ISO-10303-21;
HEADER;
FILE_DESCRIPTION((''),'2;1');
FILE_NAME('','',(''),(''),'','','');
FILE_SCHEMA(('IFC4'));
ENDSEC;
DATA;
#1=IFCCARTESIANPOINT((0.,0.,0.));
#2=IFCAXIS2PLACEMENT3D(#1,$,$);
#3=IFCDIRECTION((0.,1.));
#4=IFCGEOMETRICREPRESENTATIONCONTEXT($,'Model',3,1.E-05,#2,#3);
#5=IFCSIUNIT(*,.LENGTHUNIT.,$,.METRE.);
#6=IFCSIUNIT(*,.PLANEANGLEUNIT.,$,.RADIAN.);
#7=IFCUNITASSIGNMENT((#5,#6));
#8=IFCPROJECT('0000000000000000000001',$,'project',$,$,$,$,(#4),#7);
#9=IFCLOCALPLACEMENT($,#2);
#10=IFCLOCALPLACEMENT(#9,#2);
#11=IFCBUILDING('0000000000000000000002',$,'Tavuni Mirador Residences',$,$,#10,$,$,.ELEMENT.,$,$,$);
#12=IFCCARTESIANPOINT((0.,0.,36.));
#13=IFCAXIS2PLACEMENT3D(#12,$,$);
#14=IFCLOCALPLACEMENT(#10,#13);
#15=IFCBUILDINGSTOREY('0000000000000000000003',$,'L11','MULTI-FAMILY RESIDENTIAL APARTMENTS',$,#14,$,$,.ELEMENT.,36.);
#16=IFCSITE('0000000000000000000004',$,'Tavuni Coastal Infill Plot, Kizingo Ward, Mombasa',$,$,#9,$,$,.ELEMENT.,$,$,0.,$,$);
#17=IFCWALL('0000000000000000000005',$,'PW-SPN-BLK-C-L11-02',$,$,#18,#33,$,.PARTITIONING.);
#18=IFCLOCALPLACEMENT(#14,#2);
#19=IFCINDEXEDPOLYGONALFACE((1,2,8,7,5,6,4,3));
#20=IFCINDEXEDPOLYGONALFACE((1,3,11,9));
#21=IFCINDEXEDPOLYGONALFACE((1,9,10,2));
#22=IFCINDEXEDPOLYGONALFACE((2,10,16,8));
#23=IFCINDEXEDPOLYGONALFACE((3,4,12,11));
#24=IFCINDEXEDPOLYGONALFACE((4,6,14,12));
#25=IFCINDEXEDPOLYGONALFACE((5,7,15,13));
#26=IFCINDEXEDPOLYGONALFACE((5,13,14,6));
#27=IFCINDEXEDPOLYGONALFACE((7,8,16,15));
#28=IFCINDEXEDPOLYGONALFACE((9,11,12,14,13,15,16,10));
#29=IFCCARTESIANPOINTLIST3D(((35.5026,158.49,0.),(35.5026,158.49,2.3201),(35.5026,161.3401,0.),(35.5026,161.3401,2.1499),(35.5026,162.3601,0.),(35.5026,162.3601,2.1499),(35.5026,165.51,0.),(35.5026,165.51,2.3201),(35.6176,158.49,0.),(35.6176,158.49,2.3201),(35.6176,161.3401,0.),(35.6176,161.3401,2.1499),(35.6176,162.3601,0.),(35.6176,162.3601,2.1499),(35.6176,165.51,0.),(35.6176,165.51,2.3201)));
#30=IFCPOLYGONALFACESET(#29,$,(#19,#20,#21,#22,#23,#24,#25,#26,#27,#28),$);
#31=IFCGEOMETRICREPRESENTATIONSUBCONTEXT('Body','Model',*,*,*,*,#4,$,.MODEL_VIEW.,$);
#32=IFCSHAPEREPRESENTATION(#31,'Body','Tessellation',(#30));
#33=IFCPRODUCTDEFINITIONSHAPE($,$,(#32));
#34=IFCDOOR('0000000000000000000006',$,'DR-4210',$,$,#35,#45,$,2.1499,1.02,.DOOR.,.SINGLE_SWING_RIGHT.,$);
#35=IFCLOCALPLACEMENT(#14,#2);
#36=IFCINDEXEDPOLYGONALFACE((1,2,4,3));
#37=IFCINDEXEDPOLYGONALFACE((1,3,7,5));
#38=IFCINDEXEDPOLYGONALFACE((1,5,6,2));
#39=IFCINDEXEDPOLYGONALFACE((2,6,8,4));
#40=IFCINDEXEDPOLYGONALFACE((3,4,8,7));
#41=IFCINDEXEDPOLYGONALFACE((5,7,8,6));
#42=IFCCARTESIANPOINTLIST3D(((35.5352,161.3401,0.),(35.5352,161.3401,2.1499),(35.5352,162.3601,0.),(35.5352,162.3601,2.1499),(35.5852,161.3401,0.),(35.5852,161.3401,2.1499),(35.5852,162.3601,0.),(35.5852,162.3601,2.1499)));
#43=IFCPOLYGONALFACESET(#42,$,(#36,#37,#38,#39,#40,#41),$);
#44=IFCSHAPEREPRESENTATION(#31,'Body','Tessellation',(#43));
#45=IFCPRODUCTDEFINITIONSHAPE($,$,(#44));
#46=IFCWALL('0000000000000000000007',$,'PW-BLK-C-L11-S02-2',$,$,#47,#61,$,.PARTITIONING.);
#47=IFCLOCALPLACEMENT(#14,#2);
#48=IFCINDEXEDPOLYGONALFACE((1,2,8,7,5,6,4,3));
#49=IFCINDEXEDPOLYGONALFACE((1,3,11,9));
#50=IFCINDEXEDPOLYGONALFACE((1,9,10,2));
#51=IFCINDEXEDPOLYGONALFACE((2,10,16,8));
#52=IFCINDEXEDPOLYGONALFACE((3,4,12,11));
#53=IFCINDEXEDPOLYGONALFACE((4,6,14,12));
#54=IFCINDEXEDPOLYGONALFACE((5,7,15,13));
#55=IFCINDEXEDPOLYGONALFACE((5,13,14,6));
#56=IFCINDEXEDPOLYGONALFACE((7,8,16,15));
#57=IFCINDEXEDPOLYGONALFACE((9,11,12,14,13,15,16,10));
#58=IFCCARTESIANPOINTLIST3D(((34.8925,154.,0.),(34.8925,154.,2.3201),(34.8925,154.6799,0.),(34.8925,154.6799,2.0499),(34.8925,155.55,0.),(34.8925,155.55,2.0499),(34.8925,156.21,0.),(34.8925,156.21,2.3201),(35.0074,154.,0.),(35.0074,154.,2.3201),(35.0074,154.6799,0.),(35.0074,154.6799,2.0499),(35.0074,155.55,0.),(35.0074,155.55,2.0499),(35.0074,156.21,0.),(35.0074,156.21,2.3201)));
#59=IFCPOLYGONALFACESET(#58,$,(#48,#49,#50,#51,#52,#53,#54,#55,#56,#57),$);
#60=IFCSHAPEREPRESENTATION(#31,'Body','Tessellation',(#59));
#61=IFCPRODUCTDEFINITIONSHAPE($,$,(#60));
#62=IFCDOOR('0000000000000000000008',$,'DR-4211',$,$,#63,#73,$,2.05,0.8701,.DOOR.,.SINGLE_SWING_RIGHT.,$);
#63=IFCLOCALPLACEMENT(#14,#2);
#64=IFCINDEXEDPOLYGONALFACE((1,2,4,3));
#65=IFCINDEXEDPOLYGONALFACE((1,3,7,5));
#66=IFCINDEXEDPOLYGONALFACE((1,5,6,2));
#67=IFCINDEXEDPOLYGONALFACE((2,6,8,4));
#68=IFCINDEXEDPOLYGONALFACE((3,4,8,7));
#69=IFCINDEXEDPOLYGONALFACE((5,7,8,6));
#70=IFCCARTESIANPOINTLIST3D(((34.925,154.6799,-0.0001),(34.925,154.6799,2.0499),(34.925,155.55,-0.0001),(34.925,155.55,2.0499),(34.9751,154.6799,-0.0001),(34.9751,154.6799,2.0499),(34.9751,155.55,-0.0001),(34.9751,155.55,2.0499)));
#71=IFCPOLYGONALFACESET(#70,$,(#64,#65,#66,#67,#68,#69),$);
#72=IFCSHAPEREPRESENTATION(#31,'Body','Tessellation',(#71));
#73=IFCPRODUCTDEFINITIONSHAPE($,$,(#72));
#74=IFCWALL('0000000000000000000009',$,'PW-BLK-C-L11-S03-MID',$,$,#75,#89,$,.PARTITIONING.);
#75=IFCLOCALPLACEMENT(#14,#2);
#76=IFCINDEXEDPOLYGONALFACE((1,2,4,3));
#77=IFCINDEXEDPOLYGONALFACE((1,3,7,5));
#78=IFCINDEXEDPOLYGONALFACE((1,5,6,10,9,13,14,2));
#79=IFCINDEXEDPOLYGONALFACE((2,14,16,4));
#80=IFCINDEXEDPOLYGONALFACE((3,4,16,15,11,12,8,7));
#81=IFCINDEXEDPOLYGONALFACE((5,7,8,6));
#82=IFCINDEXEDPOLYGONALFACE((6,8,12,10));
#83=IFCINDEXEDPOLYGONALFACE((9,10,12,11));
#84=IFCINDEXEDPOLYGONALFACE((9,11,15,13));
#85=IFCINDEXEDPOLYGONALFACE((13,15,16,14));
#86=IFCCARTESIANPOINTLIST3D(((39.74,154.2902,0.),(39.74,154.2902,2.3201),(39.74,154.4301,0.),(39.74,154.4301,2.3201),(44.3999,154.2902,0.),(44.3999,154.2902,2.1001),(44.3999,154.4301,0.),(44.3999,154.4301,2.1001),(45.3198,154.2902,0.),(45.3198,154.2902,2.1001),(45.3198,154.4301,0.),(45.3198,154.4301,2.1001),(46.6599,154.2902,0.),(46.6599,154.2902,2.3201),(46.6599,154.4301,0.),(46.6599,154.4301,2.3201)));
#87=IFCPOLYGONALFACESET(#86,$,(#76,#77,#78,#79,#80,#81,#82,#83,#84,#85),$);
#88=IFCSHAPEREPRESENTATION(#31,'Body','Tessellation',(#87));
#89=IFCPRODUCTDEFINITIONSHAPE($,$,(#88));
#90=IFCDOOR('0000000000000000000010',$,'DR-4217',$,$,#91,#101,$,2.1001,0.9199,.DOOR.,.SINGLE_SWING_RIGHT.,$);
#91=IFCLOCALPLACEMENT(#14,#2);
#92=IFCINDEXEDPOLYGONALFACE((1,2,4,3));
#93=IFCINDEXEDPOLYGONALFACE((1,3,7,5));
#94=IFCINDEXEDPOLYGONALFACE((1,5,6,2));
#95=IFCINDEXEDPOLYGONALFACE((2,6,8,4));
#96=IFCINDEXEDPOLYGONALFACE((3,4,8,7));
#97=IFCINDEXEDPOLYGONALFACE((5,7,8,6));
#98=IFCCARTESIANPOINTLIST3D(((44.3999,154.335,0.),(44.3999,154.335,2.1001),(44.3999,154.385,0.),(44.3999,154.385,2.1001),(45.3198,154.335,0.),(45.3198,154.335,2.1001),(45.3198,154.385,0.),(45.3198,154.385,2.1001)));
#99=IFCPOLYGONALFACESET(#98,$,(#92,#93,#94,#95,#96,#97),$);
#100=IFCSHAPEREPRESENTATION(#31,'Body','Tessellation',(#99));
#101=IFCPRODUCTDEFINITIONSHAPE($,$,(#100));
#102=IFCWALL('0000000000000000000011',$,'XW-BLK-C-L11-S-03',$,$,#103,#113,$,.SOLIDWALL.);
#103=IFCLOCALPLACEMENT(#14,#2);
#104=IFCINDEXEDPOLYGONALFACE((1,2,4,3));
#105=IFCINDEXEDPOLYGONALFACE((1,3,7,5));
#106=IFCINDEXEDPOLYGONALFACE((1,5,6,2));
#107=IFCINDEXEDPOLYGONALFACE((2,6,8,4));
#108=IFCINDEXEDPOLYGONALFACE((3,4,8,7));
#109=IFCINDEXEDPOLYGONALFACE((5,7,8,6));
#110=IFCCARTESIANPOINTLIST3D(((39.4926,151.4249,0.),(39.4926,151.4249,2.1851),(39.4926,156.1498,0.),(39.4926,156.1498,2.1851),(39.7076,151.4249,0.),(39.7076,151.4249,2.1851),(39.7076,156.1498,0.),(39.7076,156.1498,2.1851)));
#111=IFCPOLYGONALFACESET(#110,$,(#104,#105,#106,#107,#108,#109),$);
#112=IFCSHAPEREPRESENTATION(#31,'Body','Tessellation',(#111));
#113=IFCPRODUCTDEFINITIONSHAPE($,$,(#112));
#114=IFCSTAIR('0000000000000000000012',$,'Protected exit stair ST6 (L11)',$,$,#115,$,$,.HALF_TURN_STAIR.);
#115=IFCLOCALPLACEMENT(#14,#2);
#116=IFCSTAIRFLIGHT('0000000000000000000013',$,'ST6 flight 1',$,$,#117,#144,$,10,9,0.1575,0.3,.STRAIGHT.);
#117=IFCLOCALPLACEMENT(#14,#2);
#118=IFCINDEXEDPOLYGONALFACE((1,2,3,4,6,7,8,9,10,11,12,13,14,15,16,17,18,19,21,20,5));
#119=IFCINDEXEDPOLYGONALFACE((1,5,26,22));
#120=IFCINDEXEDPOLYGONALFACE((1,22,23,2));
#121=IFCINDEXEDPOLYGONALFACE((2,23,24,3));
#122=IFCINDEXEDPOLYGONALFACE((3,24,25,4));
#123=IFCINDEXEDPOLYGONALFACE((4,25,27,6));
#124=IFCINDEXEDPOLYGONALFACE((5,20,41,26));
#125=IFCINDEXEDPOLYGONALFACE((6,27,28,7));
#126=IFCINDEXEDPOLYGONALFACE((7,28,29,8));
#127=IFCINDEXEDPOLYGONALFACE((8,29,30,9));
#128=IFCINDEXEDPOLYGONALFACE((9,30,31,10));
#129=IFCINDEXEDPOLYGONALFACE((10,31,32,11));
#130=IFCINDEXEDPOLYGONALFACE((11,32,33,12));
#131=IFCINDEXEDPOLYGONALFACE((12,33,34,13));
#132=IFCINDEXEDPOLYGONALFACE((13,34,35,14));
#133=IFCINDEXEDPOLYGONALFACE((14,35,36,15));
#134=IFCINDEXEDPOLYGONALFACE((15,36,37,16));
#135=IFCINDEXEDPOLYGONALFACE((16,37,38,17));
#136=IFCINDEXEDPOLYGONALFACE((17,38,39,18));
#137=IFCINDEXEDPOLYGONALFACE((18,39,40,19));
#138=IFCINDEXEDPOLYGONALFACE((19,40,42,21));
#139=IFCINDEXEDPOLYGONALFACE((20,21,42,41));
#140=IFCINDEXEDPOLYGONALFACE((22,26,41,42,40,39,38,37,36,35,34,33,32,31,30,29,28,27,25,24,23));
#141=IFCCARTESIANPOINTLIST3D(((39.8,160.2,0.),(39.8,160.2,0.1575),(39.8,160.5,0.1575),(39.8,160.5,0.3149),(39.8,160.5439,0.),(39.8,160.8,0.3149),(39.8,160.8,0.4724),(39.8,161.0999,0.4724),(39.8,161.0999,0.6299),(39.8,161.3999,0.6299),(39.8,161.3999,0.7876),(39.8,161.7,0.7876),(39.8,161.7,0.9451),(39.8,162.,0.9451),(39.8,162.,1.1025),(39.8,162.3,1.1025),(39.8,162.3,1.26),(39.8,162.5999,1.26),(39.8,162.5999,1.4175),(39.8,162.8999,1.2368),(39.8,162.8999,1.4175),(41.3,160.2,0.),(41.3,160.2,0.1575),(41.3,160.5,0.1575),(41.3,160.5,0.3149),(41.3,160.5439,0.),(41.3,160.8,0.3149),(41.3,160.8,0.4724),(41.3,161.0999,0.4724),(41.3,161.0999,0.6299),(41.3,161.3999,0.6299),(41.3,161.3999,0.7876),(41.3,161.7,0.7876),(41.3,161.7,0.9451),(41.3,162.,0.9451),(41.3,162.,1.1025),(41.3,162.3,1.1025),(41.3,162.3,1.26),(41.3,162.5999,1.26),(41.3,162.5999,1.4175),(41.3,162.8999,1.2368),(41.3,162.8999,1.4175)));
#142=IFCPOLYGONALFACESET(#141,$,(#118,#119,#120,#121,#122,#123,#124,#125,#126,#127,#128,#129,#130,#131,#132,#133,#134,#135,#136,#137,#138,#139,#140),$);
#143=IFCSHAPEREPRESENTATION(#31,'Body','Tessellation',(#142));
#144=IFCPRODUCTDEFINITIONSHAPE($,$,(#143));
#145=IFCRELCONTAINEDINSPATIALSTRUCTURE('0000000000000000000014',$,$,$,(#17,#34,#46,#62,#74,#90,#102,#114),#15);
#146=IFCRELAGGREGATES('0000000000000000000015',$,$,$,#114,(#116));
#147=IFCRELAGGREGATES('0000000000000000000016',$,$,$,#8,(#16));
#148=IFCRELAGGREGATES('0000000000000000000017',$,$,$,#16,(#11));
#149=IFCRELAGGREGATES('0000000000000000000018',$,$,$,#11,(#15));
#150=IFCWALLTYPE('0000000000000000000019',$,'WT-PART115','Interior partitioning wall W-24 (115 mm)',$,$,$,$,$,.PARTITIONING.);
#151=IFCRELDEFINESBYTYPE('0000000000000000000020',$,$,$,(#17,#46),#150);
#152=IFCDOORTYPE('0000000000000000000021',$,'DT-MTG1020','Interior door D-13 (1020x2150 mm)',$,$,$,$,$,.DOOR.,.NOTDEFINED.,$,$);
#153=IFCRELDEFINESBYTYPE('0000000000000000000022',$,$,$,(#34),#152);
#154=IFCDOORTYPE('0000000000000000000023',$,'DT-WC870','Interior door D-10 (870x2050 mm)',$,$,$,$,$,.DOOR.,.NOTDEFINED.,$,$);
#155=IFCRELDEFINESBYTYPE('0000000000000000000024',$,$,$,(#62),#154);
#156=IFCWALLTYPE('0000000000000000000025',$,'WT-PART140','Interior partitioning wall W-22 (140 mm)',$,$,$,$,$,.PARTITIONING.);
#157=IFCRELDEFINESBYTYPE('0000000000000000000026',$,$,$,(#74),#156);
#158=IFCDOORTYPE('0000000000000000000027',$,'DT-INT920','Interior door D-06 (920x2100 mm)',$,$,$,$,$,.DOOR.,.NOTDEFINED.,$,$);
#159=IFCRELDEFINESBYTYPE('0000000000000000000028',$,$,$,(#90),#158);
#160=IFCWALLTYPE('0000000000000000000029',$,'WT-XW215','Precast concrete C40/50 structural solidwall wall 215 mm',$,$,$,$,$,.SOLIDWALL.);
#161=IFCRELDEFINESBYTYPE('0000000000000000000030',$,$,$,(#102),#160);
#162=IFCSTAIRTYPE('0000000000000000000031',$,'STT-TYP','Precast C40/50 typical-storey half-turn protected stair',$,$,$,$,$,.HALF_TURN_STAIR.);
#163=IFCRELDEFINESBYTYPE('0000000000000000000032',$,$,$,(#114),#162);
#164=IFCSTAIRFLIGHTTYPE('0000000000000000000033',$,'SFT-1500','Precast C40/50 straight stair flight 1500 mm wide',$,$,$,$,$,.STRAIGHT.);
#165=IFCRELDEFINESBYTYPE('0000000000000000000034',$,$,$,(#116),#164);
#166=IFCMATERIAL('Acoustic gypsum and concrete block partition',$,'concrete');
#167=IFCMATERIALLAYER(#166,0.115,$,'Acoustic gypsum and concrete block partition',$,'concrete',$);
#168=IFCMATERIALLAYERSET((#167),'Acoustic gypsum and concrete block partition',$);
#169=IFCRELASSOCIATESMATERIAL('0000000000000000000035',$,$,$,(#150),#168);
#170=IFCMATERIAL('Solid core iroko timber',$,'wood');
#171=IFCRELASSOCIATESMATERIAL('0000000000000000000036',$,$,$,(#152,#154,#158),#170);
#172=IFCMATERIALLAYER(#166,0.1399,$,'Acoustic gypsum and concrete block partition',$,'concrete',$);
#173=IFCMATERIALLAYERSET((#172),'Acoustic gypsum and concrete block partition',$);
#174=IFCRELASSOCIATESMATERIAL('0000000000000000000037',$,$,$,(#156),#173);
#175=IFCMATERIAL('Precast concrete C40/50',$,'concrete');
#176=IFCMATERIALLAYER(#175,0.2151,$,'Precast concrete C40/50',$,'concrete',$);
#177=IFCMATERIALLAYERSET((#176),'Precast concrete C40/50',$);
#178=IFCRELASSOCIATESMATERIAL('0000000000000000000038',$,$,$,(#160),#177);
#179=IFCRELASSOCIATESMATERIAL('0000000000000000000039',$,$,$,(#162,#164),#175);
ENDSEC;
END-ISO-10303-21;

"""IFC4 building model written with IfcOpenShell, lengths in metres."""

from ifc_helpers import new_model, si_unit, direction, frame, frame_2d, origin, place, context, subcontext, project, spatial, polyline, rectangle, outline, extrude, material, layer, layer_set, type_object, element, fill, aggregate, save


model = new_model("IFC4")

# Units and contexts
model_context = context("Model", 3, precision=1e-05, world=origin(), true_north=direction((0.0, 1.0)))
body_context = subcontext(model_context, "Body", "Model", "MODEL_VIEW")
ifc_project = project(units=[si_unit("LENGTHUNIT", "METRE"), si_unit("PLANEANGLEUNIT", "RADIAN")], contexts=[model_context])

# Site, building, storey
site_placement = place(None, origin())
site = spatial("IfcSite", under=ifc_project, at=site_placement, Name="Tavuni Coastal Infill Plot, Kizingo Ward, Mombasa", CompositionType="ELEMENT", RefElevation=0.0)
building_placement = place(site_placement, origin())
building = spatial("IfcBuilding", under=site, at=building_placement, Name="Tavuni Mirador Residences", CompositionType="ELEMENT")
storey_placement = place(building_placement, frame((0.0, 0.0, 36.0)))
storey = spatial("IfcBuildingStorey", under=building, at=storey_placement, Name="L11", Description="MULTI-FAMILY RESIDENTIAL APARTMENTS", CompositionType="ELEMENT", Elevation=36.0)

# Shared definitions
ifc_material_1 = material(Name="Precast concrete C40/50", Category="concrete")

# Shared definitions
ifc_material_2 = material(Name="Solid core iroko timber", Category="wood")

# Walls, openings, doors
ifc_material_3 = material(Name="Acoustic gypsum and concrete block partition", Category="concrete")
ifc_layer_1 = layer(ifc_material_3, 0.115, Name="Acoustic gypsum and concrete block partition", Category="concrete")
ifc_layer_set_1 = layer_set([ifc_layer_1], Name="Acoustic gypsum and concrete block partition")
wall_type_1 = type_object("IfcWallType", Name="WT-PART115", Description="Interior partitioning wall W-24 (115 mm)", PredefinedType="PARTITIONING", material=ifc_layer_set_1)
wall_1_placement = place(storey_placement, frame((35.5601, 158.49, 0.0), z_axis=(0.0, 0.0, 1.0), x_axis=(0.0, 1.0, 0.0)))
wall_1 = element("IfcWall", 1, at=wall_1_placement, inside=storey, type_object=wall_type_1, Name="PW-SPN-BLK-C-L11-02", PredefinedType="PARTITIONING", context=body_context, shape_type="SweptSolid", body=[
    extrude(rectangle(XDim=7.02, YDim=0.115, at=frame_2d((3.51, 0.0))), origin(), (0.0, 0.0, 1.0), 2.3201),
])
opening_1_placement = place(wall_1_placement, frame((2.8501, 0.0, 0.0)))
opening_1 = element("IfcOpeningElement", 2, at=opening_1_placement, cuts=wall_1, PredefinedType="OPENING", context=body_context, shape_type="SweptSolid", body=[
    extrude(rectangle(XDim=1.02, YDim=2.1499, at=frame_2d((0.51, 1.075))), frame((0.0, 0.0674, 0.0), z_axis=(0.0, -1.0, 0.0), x_axis=(1.0, 0.0, 0.0)), (0.0, 0.0, 1.0), 0.135),
])
door_type_1 = type_object("IfcDoorType", Name="DT-MTG1020", Description="Interior door D-13 (1020x2150 mm)", OperationType="NOTDEFINED", PredefinedType="DOOR", material=ifc_material_2)
door_1_placement = place(opening_1_placement, origin())
door_1 = element("IfcDoor", 3, at=door_1_placement, inside=storey, type_object=door_type_1, Name="DR-4210", OperationType="SINGLE_SWING_RIGHT", OverallHeight=2.1499, OverallWidth=1.02, PredefinedType="DOOR", context=body_context, shape_type="SweptSolid", body=[
    extrude(rectangle(XDim=1.02, YDim=2.1499, at=frame_2d((0.51, 1.075))), frame((0.0, 0.0249, 0.0), z_axis=(0.0, -1.0, 0.0), x_axis=(1.0, 0.0, 0.0)), (0.0, 0.0, 1.0), 0.05),
])
fill(opening_1, door_1)
wall_2_placement = place(storey_placement, frame((34.95, 154.0, 0.0), z_axis=(0.0, 0.0, 1.0), x_axis=(0.0, 1.0, 0.0)))
wall_2 = element("IfcWall", 4, at=wall_2_placement, inside=storey, type_object=wall_type_1, Name="PW-BLK-C-L11-S02-2", PredefinedType="PARTITIONING", context=body_context, shape_type="SweptSolid", body=[
    extrude(rectangle(XDim=2.21, YDim=0.115, at=frame_2d((1.105, 0.0))), origin(), (0.0, 0.0, 1.0), 2.3201),
])
opening_2_placement = place(wall_2_placement, frame((0.6799, 0.0, 0.0)))
opening_2 = element("IfcOpeningElement", 5, at=opening_2_placement, cuts=wall_2, PredefinedType="OPENING", context=body_context, shape_type="SweptSolid", body=[
    extrude(rectangle(XDim=0.8701, YDim=2.05, at=frame_2d((0.4351, 1.0249))), frame((0.0, 0.0674, 0.0), z_axis=(0.0, -1.0, 0.0), x_axis=(1.0, 0.0, 0.0)), (0.0, 0.0, 1.0), 0.135),
])
door_type_2 = type_object("IfcDoorType", Name="DT-WC870", Description="Interior door D-10 (870x2050 mm)", OperationType="NOTDEFINED", PredefinedType="DOOR", material=ifc_material_2)
door_2_placement = place(opening_2_placement, origin())
door_2 = element("IfcDoor", 6, at=door_2_placement, inside=storey, type_object=door_type_2, Name="DR-4211", OperationType="SINGLE_SWING_RIGHT", OverallHeight=2.05, OverallWidth=0.8701, PredefinedType="DOOR", context=body_context, shape_type="SweptSolid", body=[
    extrude(rectangle(XDim=0.8701, YDim=2.05, at=frame_2d((0.4351, 1.0249))), frame((0.0, 0.0249, 0.0), z_axis=(0.0, -1.0, 0.0), x_axis=(1.0, 0.0, 0.0)), (0.0, 0.0, 1.0), 0.05),
])
fill(opening_2, door_2)
ifc_layer_2 = layer(ifc_material_3, 0.1399, Name="Acoustic gypsum and concrete block partition", Category="concrete")
ifc_layer_set_2 = layer_set([ifc_layer_2], Name="Acoustic gypsum and concrete block partition")
wall_type_2 = type_object("IfcWallType", Name="WT-PART140", Description="Interior partitioning wall W-22 (140 mm)", PredefinedType="PARTITIONING", material=ifc_layer_set_2)
wall_3_placement = place(storey_placement, frame((39.74, 154.3601, 0.0), z_axis=(0.0, 0.0, 1.0), x_axis=(1.0, 0.0, 0.0)))
wall_3 = element("IfcWall", 7, at=wall_3_placement, inside=storey, type_object=wall_type_2, Name="PW-BLK-C-L11-S03-MID", PredefinedType="PARTITIONING", context=body_context, shape_type="SweptSolid", body=[
    extrude(rectangle(XDim=6.9199, YDim=0.1399, at=frame_2d((3.46, 0.0))), origin(), (0.0, 0.0, 1.0), 2.3201),
])
opening_3_placement = place(wall_3_placement, frame((4.6599, 0.0, 0.0)))
opening_3 = element("IfcOpeningElement", 8, at=opening_3_placement, cuts=wall_3, PredefinedType="OPENING", context=body_context, shape_type="SweptSolid", body=[
    extrude(rectangle(XDim=0.9199, YDim=2.1001, at=frame_2d((0.46, 1.05))), frame((0.0, 0.0801, 0.0), z_axis=(0.0, -1.0, 0.0), x_axis=(1.0, 0.0, 0.0)), (0.0, 0.0, 1.0), 0.1599),
])
door_type_3 = type_object("IfcDoorType", Name="DT-INT920", Description="Interior door D-06 (920x2100 mm)", OperationType="NOTDEFINED", PredefinedType="DOOR", material=ifc_material_2)
door_3_placement = place(opening_3_placement, origin())
door_3 = element("IfcDoor", 9, at=door_3_placement, inside=storey, type_object=door_type_3, Name="DR-4217", OperationType="SINGLE_SWING_RIGHT", OverallHeight=2.1001, OverallWidth=0.9199, PredefinedType="DOOR", context=body_context, shape_type="SweptSolid", body=[
    extrude(rectangle(XDim=0.9199, YDim=2.1001, at=frame_2d((0.46, 1.05))), frame((0.0, 0.0249, 0.0), z_axis=(0.0, -1.0, 0.0), x_axis=(1.0, 0.0, 0.0)), (0.0, 0.0, 1.0), 0.05),
])
fill(opening_3, door_3)

# Wall
ifc_layer_3 = layer(ifc_material_1, 0.2151, Name="Precast concrete C40/50", Category="concrete")
ifc_layer_set_3 = layer_set([ifc_layer_3], Name="Precast concrete C40/50")
wall_type_3 = type_object("IfcWallType", Name="WT-XW215", Description="Precast concrete C40/50 structural solidwall wall 215 mm", PredefinedType="SOLIDWALL", material=ifc_layer_set_3)
wall_4_placement = place(storey_placement, frame((39.6001, 151.425, 0.0), z_axis=(0.0, 0.0, 1.0), x_axis=(0.0, 1.0, 0.0)))
element("IfcWall", 10, at=wall_4_placement, inside=storey, type_object=wall_type_3, Name="XW-BLK-C-L11-S-03", PredefinedType="SOLIDWALL", context=body_context, shape_type="SweptSolid", body=[
    extrude(rectangle(XDim=4.7249, YDim=0.2151, at=frame_2d((2.3623, 0.0))), origin(), (0.0, 0.0, 1.0), 2.1851),
])

# Stair, stair flight
stair_type = type_object("IfcStairType", Name="STT-TYP", Description="Precast C40/50 typical-storey half-turn protected stair", PredefinedType="HALF_TURN_STAIR", material=ifc_material_1)
stair_placement = place(storey_placement, origin())
stair = element("IfcStair", 11, at=stair_placement, inside=storey, type_object=stair_type, Name="Protected exit stair ST6 (L11)", PredefinedType="HALF_TURN_STAIR")
stair_flight_type = type_object("IfcStairFlightType", Name="SFT-1500", Description="Precast C40/50 straight stair flight 1500 mm wide", PredefinedType="STRAIGHT", material=ifc_material_1)
stair_flight_placement = place(storey_placement, frame((40.55, 160.2, 0.0), z_axis=(0.0, 0.0, 1.0), x_axis=(0.0, 1.0, 0.0)))
stair_flight = element("IfcStairFlight", 12, at=stair_flight_placement, type_object=stair_flight_type, Name="ST6 flight 1", NumberOfRisers=10, NumberOfTreads=9, PredefinedType="STRAIGHT", RiserHeight=0.1575, TreadLength=0.3, context=body_context, shape_type="SweptSolid", body=[
    extrude(outline(polyline([(0.0, 0.0), (0.0, 0.1575), (0.3, 0.1575), (0.3, 0.3149), (0.6001, 0.3149), (0.6001, 0.4724), (0.8999, 0.4724), (0.8999, 0.6299), (1.2, 0.6299), (1.2, 0.7876), (1.5, 0.7876), (1.5, 0.9451), (1.8, 0.9451), (1.8, 1.1025), (2.1001, 1.1025), (2.1001, 1.26), (2.3999, 1.26), (2.3999, 1.4175), (2.7, 1.4175), (2.7, 1.575), (2.7, 1.2368), (0.344, 0.0), (0.0, 0.0)])), frame((0.0, 0.75, 0.0), z_axis=(0.0, -1.0, 0.0), x_axis=(1.0, 0.0, 0.0)), (0.0, 0.0, 1.0), 1.5),
])
aggregate(stair, [stair_flight])

save(model, "model.ifc")
